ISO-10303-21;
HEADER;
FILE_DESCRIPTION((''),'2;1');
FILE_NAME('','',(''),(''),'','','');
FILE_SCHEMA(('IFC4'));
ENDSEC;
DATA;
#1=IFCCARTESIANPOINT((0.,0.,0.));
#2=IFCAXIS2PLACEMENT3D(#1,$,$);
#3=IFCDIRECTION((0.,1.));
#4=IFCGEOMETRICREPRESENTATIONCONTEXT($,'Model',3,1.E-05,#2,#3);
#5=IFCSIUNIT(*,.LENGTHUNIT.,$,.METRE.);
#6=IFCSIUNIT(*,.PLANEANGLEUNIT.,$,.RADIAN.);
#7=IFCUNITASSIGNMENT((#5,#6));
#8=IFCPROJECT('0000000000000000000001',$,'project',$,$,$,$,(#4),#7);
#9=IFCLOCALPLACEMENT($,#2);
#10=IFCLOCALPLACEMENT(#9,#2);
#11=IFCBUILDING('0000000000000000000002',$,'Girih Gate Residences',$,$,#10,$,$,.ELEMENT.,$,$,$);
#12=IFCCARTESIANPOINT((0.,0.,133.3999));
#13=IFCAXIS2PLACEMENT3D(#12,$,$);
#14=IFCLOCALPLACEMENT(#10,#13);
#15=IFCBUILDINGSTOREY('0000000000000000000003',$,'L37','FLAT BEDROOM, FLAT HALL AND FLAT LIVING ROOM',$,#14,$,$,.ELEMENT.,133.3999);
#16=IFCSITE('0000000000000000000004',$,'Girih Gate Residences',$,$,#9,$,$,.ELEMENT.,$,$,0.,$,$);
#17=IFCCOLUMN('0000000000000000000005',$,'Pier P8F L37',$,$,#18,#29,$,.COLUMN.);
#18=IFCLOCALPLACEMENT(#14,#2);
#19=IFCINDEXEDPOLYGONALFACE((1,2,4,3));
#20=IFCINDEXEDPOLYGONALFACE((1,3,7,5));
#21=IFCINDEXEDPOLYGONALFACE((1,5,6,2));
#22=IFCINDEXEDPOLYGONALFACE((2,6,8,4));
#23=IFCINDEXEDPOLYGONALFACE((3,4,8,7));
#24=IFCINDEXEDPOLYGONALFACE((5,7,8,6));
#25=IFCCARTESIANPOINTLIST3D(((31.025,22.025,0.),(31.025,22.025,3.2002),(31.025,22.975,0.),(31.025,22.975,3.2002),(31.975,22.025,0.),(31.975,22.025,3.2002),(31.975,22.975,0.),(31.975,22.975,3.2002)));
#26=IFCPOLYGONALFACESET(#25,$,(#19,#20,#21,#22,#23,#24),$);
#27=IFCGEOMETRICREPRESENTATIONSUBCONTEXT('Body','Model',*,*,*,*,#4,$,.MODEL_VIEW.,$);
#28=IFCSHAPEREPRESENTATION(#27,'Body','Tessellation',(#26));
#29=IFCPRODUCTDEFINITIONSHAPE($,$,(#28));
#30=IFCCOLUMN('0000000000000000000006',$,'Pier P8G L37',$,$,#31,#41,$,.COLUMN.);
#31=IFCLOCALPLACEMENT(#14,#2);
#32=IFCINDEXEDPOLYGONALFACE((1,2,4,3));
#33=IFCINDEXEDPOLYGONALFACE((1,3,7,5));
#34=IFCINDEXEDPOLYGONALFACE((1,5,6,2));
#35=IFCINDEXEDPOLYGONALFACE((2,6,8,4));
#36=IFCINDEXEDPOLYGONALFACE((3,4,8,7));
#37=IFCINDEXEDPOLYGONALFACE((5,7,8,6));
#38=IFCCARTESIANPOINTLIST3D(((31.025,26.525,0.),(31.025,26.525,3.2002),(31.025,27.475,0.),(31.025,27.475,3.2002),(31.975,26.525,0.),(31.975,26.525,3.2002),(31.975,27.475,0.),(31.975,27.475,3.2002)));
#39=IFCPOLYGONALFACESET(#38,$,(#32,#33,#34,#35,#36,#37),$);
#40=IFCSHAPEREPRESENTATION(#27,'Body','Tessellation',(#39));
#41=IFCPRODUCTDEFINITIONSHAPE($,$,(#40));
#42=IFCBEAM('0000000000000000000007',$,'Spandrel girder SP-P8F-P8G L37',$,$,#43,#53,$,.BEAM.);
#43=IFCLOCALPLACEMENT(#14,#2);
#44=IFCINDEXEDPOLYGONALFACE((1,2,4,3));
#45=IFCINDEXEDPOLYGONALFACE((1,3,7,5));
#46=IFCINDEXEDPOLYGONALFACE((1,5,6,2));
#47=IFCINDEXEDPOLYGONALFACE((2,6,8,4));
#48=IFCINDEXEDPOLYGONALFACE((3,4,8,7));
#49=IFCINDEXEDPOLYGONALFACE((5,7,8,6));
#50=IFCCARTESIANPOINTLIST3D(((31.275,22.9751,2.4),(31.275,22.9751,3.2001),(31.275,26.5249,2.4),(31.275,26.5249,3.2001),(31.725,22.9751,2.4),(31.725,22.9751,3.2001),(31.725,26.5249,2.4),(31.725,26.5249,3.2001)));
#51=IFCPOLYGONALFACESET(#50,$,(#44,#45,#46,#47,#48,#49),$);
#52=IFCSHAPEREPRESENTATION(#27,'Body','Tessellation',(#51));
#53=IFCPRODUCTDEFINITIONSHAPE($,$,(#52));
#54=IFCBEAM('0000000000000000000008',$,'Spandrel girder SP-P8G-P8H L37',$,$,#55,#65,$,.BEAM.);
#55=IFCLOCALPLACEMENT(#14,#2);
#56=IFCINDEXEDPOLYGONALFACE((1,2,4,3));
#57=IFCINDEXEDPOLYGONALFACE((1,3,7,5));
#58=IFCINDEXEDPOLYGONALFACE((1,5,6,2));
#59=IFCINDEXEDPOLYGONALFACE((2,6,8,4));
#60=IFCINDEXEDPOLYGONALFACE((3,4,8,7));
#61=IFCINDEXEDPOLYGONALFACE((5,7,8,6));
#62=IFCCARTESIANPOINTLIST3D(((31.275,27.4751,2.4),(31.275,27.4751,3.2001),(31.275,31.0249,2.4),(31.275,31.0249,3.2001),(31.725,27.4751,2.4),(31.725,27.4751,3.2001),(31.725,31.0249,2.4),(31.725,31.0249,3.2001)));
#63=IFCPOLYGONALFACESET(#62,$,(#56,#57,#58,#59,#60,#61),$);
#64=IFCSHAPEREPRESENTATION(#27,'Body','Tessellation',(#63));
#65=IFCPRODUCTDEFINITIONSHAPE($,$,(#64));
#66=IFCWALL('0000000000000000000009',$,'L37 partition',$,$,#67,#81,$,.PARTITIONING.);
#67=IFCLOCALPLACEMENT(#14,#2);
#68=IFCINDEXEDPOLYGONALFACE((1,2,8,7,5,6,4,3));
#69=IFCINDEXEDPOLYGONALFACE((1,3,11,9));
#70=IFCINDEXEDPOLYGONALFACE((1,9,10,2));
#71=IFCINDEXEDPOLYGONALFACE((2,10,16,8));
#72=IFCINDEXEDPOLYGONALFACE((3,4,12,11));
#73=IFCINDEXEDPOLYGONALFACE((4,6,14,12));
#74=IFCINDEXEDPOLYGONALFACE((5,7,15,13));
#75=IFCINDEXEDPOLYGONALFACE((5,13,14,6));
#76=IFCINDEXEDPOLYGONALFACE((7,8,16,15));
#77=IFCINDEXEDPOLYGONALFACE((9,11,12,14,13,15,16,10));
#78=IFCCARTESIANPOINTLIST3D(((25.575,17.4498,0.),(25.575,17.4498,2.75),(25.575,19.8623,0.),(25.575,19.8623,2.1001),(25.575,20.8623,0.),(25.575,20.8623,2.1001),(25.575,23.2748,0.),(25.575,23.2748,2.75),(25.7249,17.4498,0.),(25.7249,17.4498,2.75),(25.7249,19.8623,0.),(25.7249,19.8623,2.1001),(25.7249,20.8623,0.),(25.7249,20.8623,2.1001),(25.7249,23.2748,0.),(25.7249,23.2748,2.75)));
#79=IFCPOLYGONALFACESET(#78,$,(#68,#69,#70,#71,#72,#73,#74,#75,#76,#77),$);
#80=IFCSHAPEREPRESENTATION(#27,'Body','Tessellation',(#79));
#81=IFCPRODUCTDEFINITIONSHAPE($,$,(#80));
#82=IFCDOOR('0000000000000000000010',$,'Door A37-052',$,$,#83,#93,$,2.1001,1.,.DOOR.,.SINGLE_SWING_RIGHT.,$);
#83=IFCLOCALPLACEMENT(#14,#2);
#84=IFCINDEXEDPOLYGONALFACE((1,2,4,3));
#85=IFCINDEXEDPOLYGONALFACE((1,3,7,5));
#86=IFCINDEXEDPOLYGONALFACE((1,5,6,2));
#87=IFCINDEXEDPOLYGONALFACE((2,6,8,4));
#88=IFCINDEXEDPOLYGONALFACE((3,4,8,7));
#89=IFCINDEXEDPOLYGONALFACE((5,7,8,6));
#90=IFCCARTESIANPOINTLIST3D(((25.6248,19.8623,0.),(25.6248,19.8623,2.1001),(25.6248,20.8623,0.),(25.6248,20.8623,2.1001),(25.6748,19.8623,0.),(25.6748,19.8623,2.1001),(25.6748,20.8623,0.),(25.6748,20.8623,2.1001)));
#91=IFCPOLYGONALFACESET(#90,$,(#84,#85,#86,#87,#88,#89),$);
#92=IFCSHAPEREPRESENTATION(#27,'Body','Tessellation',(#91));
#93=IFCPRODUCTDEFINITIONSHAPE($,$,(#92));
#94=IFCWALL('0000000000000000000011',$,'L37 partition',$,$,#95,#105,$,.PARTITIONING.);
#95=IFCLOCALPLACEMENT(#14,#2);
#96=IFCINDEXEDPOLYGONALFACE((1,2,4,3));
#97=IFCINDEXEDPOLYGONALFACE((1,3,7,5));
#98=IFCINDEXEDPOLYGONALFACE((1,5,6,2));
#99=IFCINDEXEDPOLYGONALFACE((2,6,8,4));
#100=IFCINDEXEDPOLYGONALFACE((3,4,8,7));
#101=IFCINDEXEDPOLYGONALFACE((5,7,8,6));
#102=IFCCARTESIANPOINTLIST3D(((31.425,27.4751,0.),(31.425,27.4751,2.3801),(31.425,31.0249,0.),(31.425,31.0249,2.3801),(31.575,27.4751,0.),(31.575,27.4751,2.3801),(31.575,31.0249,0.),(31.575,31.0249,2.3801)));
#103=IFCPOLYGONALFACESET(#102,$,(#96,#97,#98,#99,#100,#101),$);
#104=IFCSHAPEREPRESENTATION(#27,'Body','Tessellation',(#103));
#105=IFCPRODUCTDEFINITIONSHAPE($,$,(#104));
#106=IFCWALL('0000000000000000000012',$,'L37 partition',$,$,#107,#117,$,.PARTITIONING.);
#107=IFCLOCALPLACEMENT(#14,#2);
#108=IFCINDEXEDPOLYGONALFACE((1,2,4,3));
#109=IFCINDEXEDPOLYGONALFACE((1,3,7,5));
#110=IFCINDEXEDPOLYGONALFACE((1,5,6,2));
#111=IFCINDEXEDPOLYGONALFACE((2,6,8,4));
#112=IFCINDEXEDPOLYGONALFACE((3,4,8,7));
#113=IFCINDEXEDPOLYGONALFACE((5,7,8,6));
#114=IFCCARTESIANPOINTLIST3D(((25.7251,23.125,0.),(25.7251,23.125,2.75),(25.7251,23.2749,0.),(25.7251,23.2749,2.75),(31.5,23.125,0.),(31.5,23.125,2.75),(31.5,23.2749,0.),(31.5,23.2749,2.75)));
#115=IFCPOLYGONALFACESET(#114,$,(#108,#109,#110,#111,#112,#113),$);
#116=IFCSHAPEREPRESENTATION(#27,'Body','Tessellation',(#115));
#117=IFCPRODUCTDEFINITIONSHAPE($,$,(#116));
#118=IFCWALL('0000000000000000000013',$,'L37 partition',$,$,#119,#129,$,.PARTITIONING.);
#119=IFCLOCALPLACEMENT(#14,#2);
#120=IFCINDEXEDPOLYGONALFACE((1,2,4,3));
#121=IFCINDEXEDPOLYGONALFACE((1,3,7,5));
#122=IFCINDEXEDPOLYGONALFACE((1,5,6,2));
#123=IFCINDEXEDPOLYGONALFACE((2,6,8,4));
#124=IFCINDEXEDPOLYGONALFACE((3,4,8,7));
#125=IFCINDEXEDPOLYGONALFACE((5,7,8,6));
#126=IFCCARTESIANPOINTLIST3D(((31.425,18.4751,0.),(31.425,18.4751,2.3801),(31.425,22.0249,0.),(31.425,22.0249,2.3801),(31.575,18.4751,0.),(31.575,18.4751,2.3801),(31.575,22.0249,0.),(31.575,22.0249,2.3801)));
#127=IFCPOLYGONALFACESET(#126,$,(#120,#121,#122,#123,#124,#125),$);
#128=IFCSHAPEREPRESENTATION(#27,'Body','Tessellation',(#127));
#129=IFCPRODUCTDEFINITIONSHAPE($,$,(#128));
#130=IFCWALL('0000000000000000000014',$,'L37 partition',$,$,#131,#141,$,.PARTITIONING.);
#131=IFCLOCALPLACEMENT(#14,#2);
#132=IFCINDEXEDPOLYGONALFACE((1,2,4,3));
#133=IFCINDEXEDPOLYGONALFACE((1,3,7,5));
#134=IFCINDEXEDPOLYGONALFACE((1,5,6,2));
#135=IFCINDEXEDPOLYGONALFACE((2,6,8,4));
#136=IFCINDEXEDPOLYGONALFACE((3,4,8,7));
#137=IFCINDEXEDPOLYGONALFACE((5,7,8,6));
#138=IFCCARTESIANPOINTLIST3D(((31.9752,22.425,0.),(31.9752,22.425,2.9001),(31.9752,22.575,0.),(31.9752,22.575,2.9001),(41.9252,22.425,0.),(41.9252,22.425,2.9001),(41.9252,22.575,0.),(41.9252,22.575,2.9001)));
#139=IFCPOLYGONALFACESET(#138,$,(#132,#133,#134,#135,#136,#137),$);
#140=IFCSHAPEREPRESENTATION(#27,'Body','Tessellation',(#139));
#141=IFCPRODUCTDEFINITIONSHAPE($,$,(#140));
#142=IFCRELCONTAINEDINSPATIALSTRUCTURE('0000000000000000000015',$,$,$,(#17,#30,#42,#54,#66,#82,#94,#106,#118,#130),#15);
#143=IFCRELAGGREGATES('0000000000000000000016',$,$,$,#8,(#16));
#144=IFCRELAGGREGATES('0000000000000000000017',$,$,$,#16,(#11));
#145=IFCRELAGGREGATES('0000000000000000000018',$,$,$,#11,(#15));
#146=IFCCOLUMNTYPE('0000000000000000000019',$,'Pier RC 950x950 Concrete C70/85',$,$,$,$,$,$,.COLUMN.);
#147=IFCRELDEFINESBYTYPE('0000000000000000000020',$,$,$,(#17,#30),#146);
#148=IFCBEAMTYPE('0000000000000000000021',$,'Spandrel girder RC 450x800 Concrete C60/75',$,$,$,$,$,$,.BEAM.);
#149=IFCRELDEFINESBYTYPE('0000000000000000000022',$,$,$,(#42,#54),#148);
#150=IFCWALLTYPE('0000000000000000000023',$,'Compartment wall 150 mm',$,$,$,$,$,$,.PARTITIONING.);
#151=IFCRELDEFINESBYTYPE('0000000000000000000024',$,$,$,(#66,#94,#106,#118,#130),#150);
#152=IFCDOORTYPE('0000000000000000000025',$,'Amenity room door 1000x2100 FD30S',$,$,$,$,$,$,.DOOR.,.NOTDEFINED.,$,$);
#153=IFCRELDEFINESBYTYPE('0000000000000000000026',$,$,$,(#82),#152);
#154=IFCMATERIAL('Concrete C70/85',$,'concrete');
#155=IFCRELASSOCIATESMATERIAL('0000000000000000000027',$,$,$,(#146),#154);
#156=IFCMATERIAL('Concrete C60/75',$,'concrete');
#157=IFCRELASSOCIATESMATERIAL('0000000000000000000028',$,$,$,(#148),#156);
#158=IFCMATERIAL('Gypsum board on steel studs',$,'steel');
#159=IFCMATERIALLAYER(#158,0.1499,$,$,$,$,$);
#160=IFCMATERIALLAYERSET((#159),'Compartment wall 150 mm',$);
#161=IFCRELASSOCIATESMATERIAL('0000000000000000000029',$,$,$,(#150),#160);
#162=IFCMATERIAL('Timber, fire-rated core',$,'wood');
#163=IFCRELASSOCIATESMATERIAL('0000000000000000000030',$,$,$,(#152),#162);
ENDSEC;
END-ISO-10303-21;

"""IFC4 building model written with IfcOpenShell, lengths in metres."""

from ifc_helpers import new_model, si_unit, direction, frame, frame_2d, origin, origin_2d, place, context, subcontext, project, spatial, rectangle, extrude, material, layer, layer_set, material_profile, profile_set, type_object, element, fill, save


model = new_model("IFC4")

# Units and contexts
model_context = context("Model", 3, precision=1e-05, world=origin(), true_north=direction((0.0, 1.0)))
body_context = subcontext(model_context, "Body", "Model", "MODEL_VIEW")
ifc_project = project(units=[si_unit("LENGTHUNIT", "METRE"), si_unit("PLANEANGLEUNIT", "RADIAN")], contexts=[model_context])

# Site, building, storey
site_placement = place(None, origin())
site = spatial("IfcSite", under=ifc_project, at=site_placement, Name="Girih Gate Residences", CompositionType="ELEMENT", RefElevation=0.0)
building_placement = place(site_placement, origin())
building = spatial("IfcBuilding", under=site, at=building_placement, Name="Girih Gate Residences", CompositionType="ELEMENT")
storey_placement = place(building_placement, frame((0.0, 0.0, 133.3999)))
storey = spatial("IfcBuildingStorey", under=building, at=storey_placement, Name="L37", Description="FLAT BEDROOM, FLAT HALL AND FLAT LIVING ROOM", CompositionType="ELEMENT", Elevation=133.3999)

# Columns
ifc_material_1 = material(Name="Concrete C70/85", Category="concrete")
ifc_material_profile_1 = material_profile(ifc_material_1, rectangle(XDim=0.95, YDim=0.95, at=origin_2d()))
ifc_profile_set_1 = profile_set([ifc_material_profile_1], Name="Concrete C70/85")
column_type = type_object("IfcColumnType", Name="Pier RC 950x950 Concrete C70/85", PredefinedType="COLUMN", material=ifc_profile_set_1)
for number, where, z_axis, x_axis, name in (
    (1, (31.5, 22.5, 0.0), (0.0, 0.0, 1.0), (1.0, 0.0, 0.0), "Pier P8F L37"),
    (2, (31.5, 27.0, 0.0), (0.0, 0.0, 1.0), (1.0, 0.0, 0.0), "Pier P8G L37"),
):
    element("IfcColumn", number, at=place(storey_placement, frame(where, z_axis=z_axis, x_axis=x_axis)), inside=storey, type_object=column_type, Name=name, PredefinedType="COLUMN", context=body_context, shape_type="SweptSolid", body=[
        extrude(rectangle(XDim=0.95, YDim=0.95, at=origin_2d()), origin(), (0.0, 0.0, 1.0), 3.2002),
    ])

# Beams
ifc_material_2 = material(Name="Concrete C60/75", Category="concrete")
ifc_material_profile_2 = material_profile(ifc_material_2, rectangle(XDim=0.45, YDim=0.8, at=origin_2d()))
ifc_profile_set_2 = profile_set([ifc_material_profile_2], Name="Concrete C60/75")
beam_type = type_object("IfcBeamType", Name="Spandrel girder RC 450x800 Concrete C60/75", PredefinedType="BEAM", material=ifc_profile_set_2)
for number, where, z_axis, x_axis, name in (
    (3, (31.5, 22.9751, 2.8), (0.0, 1.0, 0.0), (-1.0, 0.0, 0.0), "Spandrel girder SP-P8F-P8G L37"),
    (4, (31.5, 27.4751, 2.8), (0.0, 1.0, 0.0), (-1.0, 0.0, 0.0), "Spandrel girder SP-P8G-P8H L37"),
):
    element("IfcBeam", number, at=place(storey_placement, frame(where, z_axis=z_axis, x_axis=x_axis)), inside=storey, type_object=beam_type, Name=name, PredefinedType="BEAM", context=body_context, shape_type="SweptSolid", body=[
        extrude(rectangle(XDim=0.45, YDim=0.8, at=origin_2d()), origin(), (0.0, 0.0, 1.0), 3.5498),
    ])

# Wall, opening, door
ifc_material_3 = material(Name="Gypsum board on steel studs", Category="steel")
ifc_layer_1 = layer(ifc_material_3, 0.1499)
ifc_layer_set_1 = layer_set([ifc_layer_1], Name="Compartment wall 150 mm")
wall_type_1 = type_object("IfcWallType", Name="Compartment wall 150 mm", PredefinedType="PARTITIONING", material=ifc_layer_set_1)
wall_1_placement = place(storey_placement, frame((25.6499, 23.2749, 0.0), z_axis=(0.0, 0.0, 1.0), x_axis=(0.0, -1.0, 0.0)))
wall_1 = element("IfcWall", 5, at=wall_1_placement, inside=storey, type_object=wall_type_1, Name="L37 partition", PredefinedType="PARTITIONING", context=body_context, shape_type="SweptSolid", body=[
    extrude(rectangle(XDim=5.825, YDim=0.1499, at=frame_2d((2.9126, 0.0))), origin(), (0.0, 0.0, 1.0), 2.75),
])
opening_1_placement = place(wall_1_placement, frame((2.4126, 0.0, 0.0)))
opening_1 = element("IfcOpeningElement", 6, at=opening_1_placement, cuts=wall_1, PredefinedType="OPENING", context=body_context, shape_type="SweptSolid", body=[
    extrude(rectangle(XDim=1.0, YDim=2.1001, at=frame_2d((0.5, 1.05))), frame((0.0, 0.085, 0.0), z_axis=(0.0, -1.0, 0.0), x_axis=(1.0, 0.0, 0.0)), (0.0, 0.0, 1.0), 0.1699),
])
ifc_material_4 = material(Name="Timber, fire-rated core", Category="wood")
door_type_1 = type_object("IfcDoorType", Name="Amenity room door 1000x2100 FD30S", OperationType="NOTDEFINED", PredefinedType="DOOR", material=ifc_material_4)
door_1_placement = place(opening_1_placement, origin())
door_1 = element("IfcDoor", 7, at=door_1_placement, inside=storey, type_object=door_type_1, Name="Door A37-052", OperationType="SINGLE_SWING_RIGHT", OverallHeight=2.1001, OverallWidth=1.0, PredefinedType="DOOR", context=body_context, shape_type="SweptSolid", body=[
    extrude(rectangle(XDim=1.0, YDim=2.1001, at=frame_2d((0.5, 1.05))), frame((0.0, 0.0249, 0.0), z_axis=(0.0, -1.0, 0.0), x_axis=(1.0, 0.0, 0.0)), (0.0, 0.0, 1.0), 0.05),
])
fill(opening_1, door_1)

# Walls
wall_2_placement = place(storey_placement, frame((31.5, 27.4751, 0.0), z_axis=(0.0, 0.0, 1.0), x_axis=(0.0, 1.0, 0.0)))
element("IfcWall", 8, at=wall_2_placement, inside=storey, type_object=wall_type_1, Name="L37 partition", PredefinedType="PARTITIONING", context=body_context, shape_type="SweptSolid", body=[
    extrude(rectangle(XDim=3.5498, YDim=0.1499, at=frame_2d((1.7749, 0.0))), origin(), (0.0, 0.0, 1.0), 2.3801),
])
wall_3_placement = place(storey_placement, frame((25.7251, 23.2, 0.0), z_axis=(0.0, 0.0, 1.0), x_axis=(1.0, 0.0, 0.0)))
element("IfcWall", 9, at=wall_3_placement, inside=storey, type_object=wall_type_1, Name="L37 partition", PredefinedType="PARTITIONING", context=body_context, shape_type="SweptSolid", body=[
    extrude(rectangle(XDim=5.7749, YDim=0.1499, at=frame_2d((2.8875, 0.0))), origin(), (0.0, 0.0, 1.0), 2.75),
])
wall_4_placement = place(storey_placement, frame((31.5, 18.4751, 0.0), z_axis=(0.0, 0.0, 1.0), x_axis=(0.0, 1.0, 0.0)))
element("IfcWall", 10, at=wall_4_placement, inside=storey, type_object=wall_type_1, Name="L37 partition", PredefinedType="PARTITIONING", context=body_context, shape_type="SweptSolid", body=[
    extrude(rectangle(XDim=3.5498, YDim=0.1499, at=frame_2d((1.7749, 0.0))), origin(), (0.0, 0.0, 1.0), 2.3801),
])
wall_5_placement = place(storey_placement, frame((31.9751, 22.5, 0.0), z_axis=(0.0, 0.0, 1.0), x_axis=(1.0, 0.0, 0.0)))
element("IfcWall", 11, at=wall_5_placement, inside=storey, type_object=wall_type_1, Name="L37 partition", PredefinedType="PARTITIONING", context=body_context, shape_type="SweptSolid", body=[
    extrude(rectangle(XDim=9.95, YDim=0.1499, at=frame_2d((4.9751, 0.0))), origin(), (0.0, 0.0, 1.0), 2.9001),
])

save(model, "model.ifc")
